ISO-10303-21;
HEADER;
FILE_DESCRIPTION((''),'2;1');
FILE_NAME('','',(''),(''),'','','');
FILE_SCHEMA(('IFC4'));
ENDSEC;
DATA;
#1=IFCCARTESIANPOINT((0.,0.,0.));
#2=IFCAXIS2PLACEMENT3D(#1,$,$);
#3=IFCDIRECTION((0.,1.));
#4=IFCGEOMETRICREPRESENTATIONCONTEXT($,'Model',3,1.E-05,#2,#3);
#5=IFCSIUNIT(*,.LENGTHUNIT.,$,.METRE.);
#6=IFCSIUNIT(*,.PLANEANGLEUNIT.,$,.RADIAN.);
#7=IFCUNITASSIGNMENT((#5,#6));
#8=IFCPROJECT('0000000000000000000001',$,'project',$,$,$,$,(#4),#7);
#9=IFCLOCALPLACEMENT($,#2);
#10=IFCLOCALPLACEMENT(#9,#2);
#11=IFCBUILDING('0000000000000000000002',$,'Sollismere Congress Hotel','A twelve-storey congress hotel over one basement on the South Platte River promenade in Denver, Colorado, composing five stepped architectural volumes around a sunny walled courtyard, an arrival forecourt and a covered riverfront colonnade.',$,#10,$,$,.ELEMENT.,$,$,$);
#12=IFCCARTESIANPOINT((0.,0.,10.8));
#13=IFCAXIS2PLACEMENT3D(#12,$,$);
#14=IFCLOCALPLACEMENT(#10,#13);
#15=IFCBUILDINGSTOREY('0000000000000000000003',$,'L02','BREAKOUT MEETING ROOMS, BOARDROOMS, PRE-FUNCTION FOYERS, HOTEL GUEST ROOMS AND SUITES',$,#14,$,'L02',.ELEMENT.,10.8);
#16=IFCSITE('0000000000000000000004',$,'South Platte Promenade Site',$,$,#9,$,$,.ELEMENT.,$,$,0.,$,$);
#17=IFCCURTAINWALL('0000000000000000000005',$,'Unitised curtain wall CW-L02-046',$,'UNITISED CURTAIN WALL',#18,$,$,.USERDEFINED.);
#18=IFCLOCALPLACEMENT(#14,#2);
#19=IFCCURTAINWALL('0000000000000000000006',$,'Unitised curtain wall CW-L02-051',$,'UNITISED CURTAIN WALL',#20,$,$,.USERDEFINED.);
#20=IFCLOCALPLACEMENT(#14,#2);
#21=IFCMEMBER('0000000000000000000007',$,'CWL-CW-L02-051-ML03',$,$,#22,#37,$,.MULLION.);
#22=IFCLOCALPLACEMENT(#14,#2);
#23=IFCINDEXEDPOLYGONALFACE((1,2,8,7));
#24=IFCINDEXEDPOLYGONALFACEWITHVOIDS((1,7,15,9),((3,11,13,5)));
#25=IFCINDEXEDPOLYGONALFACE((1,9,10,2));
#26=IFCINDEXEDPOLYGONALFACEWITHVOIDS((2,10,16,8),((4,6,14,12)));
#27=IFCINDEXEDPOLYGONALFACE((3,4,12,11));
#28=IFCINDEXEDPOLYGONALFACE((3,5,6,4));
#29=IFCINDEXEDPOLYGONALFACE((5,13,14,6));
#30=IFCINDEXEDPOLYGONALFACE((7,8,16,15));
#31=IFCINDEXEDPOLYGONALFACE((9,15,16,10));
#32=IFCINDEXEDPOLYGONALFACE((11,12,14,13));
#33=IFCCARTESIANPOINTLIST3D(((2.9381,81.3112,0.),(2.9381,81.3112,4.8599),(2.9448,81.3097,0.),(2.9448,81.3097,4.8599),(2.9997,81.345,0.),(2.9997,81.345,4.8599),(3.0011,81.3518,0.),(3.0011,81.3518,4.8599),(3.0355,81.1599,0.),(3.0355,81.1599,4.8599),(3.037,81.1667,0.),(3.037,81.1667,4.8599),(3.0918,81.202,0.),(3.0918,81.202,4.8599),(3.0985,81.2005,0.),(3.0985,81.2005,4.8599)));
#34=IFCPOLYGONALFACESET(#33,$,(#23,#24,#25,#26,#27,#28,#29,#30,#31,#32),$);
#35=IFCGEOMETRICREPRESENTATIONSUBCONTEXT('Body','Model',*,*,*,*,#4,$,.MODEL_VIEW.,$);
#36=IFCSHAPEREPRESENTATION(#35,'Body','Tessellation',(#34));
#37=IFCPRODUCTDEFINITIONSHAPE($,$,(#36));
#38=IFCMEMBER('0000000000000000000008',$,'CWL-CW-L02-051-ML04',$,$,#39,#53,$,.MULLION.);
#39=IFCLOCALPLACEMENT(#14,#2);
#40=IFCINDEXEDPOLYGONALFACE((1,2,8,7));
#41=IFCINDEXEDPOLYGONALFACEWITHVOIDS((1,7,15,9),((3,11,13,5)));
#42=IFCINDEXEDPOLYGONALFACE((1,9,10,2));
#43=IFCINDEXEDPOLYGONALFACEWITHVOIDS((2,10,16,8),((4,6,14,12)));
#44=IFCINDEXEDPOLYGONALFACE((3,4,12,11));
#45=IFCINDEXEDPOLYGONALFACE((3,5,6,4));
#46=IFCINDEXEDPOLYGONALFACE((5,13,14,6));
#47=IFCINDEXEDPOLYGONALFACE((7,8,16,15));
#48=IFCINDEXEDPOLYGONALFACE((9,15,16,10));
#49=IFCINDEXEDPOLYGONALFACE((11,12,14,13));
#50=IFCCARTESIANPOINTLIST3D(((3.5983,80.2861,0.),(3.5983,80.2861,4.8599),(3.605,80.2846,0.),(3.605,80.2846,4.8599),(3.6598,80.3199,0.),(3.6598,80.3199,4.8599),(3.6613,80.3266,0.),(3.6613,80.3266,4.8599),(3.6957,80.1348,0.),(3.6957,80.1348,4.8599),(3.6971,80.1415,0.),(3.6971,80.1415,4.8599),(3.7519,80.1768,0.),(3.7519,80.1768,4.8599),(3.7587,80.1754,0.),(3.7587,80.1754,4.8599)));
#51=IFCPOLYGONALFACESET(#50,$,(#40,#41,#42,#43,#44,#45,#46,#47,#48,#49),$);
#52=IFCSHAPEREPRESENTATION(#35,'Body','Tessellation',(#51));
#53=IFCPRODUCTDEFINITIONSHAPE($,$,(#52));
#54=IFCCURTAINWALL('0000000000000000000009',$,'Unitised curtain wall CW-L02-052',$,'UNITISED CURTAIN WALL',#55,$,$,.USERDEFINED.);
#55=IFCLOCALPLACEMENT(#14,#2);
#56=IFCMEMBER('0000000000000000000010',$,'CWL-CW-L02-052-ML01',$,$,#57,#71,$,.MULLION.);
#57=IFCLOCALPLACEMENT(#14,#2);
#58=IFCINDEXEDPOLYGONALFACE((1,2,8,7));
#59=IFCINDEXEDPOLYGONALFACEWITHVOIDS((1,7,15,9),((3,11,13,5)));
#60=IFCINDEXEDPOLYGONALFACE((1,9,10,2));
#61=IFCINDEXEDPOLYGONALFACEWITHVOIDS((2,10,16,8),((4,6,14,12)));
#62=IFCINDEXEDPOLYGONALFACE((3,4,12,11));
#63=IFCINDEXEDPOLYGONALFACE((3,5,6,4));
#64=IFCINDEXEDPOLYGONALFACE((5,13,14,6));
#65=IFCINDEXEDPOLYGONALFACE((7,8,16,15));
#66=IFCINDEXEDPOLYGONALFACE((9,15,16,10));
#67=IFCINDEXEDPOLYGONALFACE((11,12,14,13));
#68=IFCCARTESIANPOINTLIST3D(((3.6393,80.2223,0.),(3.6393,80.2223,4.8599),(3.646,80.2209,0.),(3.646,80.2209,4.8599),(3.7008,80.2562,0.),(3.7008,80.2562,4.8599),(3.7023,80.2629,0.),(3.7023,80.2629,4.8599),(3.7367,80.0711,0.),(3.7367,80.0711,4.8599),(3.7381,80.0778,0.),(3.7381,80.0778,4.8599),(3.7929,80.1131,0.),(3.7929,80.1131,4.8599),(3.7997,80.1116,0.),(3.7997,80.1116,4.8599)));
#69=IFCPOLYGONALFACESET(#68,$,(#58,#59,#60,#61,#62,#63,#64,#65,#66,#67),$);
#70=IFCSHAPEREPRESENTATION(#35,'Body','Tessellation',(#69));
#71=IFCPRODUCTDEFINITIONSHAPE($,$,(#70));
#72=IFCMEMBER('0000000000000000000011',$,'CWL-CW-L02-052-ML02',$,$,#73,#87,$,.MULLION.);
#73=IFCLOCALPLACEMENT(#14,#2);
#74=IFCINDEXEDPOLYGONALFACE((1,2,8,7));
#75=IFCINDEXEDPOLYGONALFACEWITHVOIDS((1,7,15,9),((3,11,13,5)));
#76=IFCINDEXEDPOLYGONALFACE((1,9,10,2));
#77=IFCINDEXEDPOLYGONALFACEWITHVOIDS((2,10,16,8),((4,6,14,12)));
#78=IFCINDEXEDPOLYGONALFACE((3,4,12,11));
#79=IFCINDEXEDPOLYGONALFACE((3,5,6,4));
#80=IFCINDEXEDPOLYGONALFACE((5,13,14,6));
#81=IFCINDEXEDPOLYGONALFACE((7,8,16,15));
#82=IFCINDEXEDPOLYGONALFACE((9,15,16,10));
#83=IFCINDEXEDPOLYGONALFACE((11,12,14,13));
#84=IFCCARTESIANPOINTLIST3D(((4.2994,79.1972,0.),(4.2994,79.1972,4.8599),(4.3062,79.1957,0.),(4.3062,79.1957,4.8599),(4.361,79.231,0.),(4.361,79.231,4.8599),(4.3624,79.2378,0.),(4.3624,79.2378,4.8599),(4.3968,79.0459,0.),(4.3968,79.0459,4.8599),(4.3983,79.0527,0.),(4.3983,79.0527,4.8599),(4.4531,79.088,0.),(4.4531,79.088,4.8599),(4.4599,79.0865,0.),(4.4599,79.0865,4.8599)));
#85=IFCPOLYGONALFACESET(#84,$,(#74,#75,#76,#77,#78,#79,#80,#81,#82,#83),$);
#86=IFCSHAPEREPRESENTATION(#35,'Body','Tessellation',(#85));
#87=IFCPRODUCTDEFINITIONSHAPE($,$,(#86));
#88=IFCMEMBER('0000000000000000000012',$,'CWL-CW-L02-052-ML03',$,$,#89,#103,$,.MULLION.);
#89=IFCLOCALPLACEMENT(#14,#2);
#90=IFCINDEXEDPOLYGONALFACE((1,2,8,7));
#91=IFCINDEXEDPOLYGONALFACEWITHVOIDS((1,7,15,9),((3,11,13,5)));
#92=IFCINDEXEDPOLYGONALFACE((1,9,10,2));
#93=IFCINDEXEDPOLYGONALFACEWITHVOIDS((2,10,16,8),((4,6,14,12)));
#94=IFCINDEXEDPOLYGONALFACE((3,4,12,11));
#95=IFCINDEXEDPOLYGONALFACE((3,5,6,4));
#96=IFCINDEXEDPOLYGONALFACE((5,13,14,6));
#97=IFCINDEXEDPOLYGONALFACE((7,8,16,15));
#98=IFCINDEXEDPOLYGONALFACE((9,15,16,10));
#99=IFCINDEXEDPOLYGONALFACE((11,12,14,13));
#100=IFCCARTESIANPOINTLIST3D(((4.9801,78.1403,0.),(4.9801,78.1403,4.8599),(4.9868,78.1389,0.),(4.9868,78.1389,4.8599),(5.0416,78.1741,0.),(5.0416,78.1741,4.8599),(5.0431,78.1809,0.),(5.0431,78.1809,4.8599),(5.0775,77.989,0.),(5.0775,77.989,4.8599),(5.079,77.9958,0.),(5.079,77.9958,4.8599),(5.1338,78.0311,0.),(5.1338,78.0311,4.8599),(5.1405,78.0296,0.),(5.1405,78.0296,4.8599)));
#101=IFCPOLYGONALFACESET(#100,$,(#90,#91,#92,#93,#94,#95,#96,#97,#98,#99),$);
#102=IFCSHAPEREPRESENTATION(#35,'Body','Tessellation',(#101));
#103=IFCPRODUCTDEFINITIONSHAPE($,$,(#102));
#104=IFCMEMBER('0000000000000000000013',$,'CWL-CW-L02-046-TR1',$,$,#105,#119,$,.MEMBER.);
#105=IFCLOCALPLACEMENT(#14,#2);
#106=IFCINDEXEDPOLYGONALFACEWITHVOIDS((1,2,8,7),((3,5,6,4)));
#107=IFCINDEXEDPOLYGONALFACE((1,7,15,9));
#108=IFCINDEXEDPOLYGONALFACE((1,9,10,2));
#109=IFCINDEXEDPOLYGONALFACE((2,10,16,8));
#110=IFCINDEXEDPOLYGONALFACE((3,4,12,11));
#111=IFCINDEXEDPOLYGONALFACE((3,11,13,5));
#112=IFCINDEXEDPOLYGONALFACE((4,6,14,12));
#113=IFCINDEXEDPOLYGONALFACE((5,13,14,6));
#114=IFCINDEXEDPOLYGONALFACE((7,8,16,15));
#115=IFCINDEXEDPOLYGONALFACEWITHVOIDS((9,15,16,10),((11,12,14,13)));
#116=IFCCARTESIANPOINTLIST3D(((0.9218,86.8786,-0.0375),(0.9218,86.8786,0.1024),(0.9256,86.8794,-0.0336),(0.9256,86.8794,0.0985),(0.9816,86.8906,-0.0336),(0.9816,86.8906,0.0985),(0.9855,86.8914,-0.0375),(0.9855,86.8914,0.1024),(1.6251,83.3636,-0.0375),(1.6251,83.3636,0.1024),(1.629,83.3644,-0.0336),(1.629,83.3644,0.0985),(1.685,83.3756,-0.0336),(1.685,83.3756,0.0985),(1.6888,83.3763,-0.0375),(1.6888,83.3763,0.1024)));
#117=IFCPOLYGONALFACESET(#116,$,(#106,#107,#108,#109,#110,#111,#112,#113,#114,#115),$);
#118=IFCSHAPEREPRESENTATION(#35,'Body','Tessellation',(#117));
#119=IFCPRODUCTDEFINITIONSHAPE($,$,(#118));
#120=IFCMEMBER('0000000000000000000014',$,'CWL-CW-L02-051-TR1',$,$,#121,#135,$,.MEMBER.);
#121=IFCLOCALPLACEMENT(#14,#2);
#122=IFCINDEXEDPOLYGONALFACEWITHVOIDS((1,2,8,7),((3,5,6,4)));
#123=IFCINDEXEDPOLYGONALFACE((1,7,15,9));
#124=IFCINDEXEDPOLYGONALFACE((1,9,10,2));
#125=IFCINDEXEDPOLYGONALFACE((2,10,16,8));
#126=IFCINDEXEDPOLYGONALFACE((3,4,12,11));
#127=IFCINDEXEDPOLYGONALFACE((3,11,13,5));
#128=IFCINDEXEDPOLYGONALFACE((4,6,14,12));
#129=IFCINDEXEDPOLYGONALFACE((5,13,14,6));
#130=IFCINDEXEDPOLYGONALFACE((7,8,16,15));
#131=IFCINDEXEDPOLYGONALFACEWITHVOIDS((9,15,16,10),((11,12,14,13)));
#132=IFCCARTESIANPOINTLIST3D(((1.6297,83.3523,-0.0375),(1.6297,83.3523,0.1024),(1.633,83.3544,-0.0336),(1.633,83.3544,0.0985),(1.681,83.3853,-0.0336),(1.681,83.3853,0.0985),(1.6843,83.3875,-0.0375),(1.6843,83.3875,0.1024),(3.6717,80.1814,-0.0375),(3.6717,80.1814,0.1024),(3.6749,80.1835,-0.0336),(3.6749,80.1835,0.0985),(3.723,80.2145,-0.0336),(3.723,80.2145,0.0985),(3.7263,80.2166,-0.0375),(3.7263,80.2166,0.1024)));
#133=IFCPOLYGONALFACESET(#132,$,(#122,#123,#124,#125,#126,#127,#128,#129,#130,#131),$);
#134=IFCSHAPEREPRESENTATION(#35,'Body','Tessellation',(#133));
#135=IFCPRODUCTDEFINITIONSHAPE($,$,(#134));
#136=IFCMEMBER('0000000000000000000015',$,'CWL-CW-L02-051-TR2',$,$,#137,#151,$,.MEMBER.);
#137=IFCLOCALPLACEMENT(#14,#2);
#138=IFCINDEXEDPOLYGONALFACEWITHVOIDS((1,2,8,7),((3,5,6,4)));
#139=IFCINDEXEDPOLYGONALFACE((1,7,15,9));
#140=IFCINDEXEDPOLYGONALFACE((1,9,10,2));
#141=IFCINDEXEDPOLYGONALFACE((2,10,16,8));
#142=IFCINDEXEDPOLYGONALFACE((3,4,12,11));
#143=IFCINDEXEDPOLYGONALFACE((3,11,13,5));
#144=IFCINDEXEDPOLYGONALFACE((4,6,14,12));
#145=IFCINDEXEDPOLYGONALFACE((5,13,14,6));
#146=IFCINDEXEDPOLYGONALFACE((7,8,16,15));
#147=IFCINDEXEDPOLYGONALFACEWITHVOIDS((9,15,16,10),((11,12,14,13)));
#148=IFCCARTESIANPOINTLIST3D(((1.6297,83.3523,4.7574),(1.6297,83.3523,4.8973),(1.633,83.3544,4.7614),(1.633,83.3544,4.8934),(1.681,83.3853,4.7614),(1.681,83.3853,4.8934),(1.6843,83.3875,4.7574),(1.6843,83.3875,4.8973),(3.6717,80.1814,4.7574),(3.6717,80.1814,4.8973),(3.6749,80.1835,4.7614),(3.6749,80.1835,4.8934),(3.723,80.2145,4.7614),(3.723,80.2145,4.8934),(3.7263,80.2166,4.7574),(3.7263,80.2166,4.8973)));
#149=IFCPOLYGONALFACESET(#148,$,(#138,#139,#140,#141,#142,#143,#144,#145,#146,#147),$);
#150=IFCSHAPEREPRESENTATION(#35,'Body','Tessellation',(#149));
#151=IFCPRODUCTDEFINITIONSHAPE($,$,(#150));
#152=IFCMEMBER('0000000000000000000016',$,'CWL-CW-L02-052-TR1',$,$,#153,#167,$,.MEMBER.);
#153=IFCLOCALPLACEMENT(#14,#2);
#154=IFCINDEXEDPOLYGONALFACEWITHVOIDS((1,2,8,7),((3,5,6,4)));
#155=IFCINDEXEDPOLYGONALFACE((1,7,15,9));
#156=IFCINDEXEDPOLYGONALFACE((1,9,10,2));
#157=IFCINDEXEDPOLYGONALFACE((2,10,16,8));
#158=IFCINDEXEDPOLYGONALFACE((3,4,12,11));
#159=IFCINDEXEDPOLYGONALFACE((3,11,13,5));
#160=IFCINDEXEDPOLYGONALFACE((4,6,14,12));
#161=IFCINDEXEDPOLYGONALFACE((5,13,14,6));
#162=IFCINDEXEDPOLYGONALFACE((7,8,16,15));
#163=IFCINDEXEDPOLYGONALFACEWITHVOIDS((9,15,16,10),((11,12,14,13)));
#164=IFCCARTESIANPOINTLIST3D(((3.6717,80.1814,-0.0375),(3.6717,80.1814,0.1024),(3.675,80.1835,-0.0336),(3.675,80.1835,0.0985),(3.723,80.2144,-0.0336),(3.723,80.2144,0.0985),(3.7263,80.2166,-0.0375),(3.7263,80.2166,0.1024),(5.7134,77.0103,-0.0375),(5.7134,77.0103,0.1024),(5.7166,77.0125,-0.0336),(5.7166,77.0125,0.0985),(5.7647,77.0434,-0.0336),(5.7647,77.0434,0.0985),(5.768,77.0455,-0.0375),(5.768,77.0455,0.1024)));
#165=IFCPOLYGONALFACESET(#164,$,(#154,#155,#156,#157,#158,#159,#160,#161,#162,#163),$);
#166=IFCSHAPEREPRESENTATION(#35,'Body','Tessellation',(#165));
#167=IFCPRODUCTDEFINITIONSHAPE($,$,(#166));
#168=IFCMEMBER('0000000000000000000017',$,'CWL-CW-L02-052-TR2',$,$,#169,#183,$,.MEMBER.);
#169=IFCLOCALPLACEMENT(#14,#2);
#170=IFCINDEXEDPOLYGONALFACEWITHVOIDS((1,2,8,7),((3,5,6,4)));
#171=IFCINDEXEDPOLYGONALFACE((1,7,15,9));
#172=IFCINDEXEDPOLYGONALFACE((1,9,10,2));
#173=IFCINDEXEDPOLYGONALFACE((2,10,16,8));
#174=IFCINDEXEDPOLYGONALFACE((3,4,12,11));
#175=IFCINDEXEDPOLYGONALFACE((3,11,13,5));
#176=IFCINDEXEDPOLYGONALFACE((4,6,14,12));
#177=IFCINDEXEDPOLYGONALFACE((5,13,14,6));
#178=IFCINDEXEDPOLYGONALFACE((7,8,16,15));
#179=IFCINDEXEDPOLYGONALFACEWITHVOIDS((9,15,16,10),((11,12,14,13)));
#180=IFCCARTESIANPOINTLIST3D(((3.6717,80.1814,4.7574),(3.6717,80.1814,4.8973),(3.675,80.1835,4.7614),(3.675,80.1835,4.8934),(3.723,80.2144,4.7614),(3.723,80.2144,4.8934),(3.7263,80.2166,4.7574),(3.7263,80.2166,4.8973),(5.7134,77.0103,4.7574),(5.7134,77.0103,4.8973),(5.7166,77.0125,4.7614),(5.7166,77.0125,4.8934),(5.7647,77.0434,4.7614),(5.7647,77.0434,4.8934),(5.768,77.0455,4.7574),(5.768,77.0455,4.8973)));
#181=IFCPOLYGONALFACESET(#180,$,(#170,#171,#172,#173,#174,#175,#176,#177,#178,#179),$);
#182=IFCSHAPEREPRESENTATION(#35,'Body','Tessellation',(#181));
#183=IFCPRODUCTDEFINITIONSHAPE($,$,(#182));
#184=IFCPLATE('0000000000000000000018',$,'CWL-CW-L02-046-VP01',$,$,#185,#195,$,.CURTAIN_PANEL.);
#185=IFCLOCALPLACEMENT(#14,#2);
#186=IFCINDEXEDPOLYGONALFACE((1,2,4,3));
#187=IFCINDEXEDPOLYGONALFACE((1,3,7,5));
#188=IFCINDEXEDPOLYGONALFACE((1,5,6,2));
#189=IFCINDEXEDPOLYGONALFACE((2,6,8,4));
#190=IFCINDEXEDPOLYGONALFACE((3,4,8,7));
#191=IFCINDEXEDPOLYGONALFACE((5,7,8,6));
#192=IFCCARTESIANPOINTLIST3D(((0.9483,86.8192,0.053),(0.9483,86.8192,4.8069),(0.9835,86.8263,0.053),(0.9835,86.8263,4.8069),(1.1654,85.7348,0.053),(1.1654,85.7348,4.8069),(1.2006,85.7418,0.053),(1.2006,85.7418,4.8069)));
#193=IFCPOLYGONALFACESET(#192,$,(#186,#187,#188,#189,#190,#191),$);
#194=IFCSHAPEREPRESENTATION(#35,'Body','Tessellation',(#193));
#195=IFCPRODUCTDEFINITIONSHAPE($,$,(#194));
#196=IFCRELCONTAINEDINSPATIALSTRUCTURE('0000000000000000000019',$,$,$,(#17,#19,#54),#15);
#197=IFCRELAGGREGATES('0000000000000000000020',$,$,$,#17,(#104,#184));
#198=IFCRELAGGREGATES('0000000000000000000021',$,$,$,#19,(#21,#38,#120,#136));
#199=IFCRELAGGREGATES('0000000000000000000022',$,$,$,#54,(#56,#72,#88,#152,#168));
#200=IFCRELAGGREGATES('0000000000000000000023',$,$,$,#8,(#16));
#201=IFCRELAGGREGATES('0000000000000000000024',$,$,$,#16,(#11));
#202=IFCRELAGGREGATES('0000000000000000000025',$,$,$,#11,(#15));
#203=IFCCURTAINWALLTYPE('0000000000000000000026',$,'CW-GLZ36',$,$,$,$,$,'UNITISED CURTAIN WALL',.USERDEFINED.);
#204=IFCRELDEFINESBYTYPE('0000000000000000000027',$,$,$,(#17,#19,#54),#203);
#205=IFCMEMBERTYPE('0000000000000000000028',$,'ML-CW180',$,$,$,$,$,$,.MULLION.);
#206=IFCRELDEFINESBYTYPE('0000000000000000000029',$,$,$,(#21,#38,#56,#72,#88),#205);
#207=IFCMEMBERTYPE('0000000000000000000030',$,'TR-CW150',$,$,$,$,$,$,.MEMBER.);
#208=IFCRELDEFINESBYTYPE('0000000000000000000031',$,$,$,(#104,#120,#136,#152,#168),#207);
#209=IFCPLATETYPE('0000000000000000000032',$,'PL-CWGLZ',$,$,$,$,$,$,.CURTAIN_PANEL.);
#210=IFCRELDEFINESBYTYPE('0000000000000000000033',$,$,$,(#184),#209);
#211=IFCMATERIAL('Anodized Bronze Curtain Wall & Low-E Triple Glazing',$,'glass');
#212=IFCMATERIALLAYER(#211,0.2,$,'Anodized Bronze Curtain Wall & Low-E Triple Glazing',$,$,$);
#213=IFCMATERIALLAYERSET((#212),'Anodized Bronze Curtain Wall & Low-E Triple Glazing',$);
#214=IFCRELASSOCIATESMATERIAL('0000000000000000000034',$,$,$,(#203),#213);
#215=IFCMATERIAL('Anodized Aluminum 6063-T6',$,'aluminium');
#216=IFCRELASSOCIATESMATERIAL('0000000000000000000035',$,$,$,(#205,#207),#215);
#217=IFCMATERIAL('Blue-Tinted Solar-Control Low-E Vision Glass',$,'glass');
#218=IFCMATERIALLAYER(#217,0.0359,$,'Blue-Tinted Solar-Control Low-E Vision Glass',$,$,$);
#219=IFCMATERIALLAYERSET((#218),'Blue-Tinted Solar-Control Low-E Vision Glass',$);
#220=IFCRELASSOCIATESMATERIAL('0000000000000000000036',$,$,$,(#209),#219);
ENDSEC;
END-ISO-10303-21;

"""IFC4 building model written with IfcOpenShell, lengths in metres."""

from ifc_helpers import new_model, si_unit, direction, frame, origin, origin_2d, place, context, subcontext, project, spatial, rectangle, hollow_rectangle, extrude, material, layer, layer_set, material_profile, profile_set, type_object, element, aggregate, save


model = new_model("IFC4")

# Units and contexts
model_context = context("Model", 3, precision=1e-05, world=origin(), true_north=direction((0.0, 1.0)))
body_context = subcontext(model_context, "Body", "Model", "MODEL_VIEW")
ifc_project = project(units=[si_unit("LENGTHUNIT", "METRE"), si_unit("PLANEANGLEUNIT", "RADIAN")], contexts=[model_context])

# Site, building, storey
site_placement = place(None, origin())
site = spatial("IfcSite", under=ifc_project, at=site_placement, Name="South Platte Promenade Site", CompositionType="ELEMENT", RefElevation=0.0)
building_placement = place(site_placement, origin())
building = spatial("IfcBuilding", under=site, at=building_placement, Name="Sollismere Congress Hotel", Description="A twelve-storey congress hotel over one basement on the South Platte River promenade in Denver, Colorado, composing five stepped architectural volumes around a sunny walled courtyard, an arrival forecourt and a covered riverfront colonnade.", CompositionType="ELEMENT")
storey_placement = place(building_placement, frame((0.0, 0.0, 10.8)))
storey = spatial("IfcBuildingStorey", under=building, at=storey_placement, Name="L02", Description="BREAKOUT MEETING ROOMS, BOARDROOMS, PRE-FUNCTION FOYERS, HOTEL GUEST ROOMS AND SUITES", LongName="L02", CompositionType="ELEMENT", Elevation=10.8)

# Curtain walls, members
ifc_material_1 = material(Name="Anodized Bronze Curtain Wall & Low-E Triple Glazing", Category="glass")
ifc_layer_1 = layer(ifc_material_1, 0.2, Name="Anodized Bronze Curtain Wall & Low-E Triple Glazing")
ifc_layer_set_1 = layer_set([ifc_layer_1], Name="Anodized Bronze Curtain Wall & Low-E Triple Glazing")
curtain_wall_type = type_object("IfcCurtainWallType", Name="CW-GLZ36", ElementType="UNITISED CURTAIN WALL", PredefinedType="USERDEFINED", material=ifc_layer_set_1)
curtain_wall_1_placement = place(storey_placement, origin())
curtain_wall_1 = element("IfcCurtainWall", 1, at=curtain_wall_1_placement, inside=storey, type_object=curtain_wall_type, Name="Unitised curtain wall CW-L02-046", ObjectType="UNITISED CURTAIN WALL", PredefinedType="USERDEFINED")
ifc_material_2 = material(Name="Anodized Aluminum 6063-T6", Category="aluminium")
ifc_material_profile_1 = material_profile(ifc_material_2, hollow_rectangle(XDim=0.075, YDim=0.1799, WallThickness=0.0049, at=origin_2d()), Name="ALU180X75X5")
ifc_profile_set_1 = profile_set([ifc_material_profile_1], Name="Anodized Aluminum 6063-T6")
member_type_1 = type_object("IfcMemberType", Name="ML-CW180", PredefinedType="MULLION", material=ifc_profile_set_1)
curtain_wall_2_placement = place(storey_placement, origin())
curtain_wall_2 = element("IfcCurtainWall", 2, at=curtain_wall_2_placement, inside=storey, type_object=curtain_wall_type, Name="Unitised curtain wall CW-L02-051", ObjectType="UNITISED CURTAIN WALL", PredefinedType="USERDEFINED")
member_1_placement = place(storey_placement, frame((3.0183, 81.2559, 0.0), z_axis=(0.0, 0.0, 1.0), x_axis=(0.840775, 0.541385, 0.0)))
member_1 = element("IfcMember", 3, at=member_1_placement, type_object=member_type_1, Name="CWL-CW-L02-051-ML03", PredefinedType="MULLION", context=body_context, shape_type="SweptSolid", body=[
    extrude(hollow_rectangle(XDim=0.075, YDim=0.1799, WallThickness=0.0049, at=origin_2d()), origin(), (0.0, 0.0, 1.0), 4.8599),
])
member_2_placement = place(storey_placement, frame((3.6785, 80.2307, 0.0), z_axis=(0.0, 0.0, 1.0), x_axis=(0.840775, 0.541385, 0.0)))
member_2 = element("IfcMember", 4, at=member_2_placement, type_object=member_type_1, Name="CWL-CW-L02-051-ML04", PredefinedType="MULLION", context=body_context, shape_type="SweptSolid", body=[
    extrude(hollow_rectangle(XDim=0.075, YDim=0.1799, WallThickness=0.0049, at=origin_2d()), origin(), (0.0, 0.0, 1.0), 4.8599),
])
curtain_wall_3_placement = place(storey_placement, origin())
curtain_wall_3 = element("IfcCurtainWall", 5, at=curtain_wall_3_placement, inside=storey, type_object=curtain_wall_type, Name="Unitised curtain wall CW-L02-052", ObjectType="UNITISED CURTAIN WALL", PredefinedType="USERDEFINED")
member_3_placement = place(storey_placement, frame((3.7195, 80.167, 0.0), z_axis=(0.0, 0.0, 1.0), x_axis=(0.840775, 0.541385, 0.0)))
member_3 = element("IfcMember", 6, at=member_3_placement, type_object=member_type_1, Name="CWL-CW-L02-052-ML01", PredefinedType="MULLION", context=body_context, shape_type="SweptSolid", body=[
    extrude(hollow_rectangle(XDim=0.075, YDim=0.1799, WallThickness=0.0049, at=origin_2d()), origin(), (0.0, 0.0, 1.0), 4.8599),
])
member_4_placement = place(storey_placement, frame((4.3796, 79.1418, 0.0), z_axis=(0.0, 0.0, 1.0), x_axis=(0.840775, 0.541385, 0.0)))
member_4 = element("IfcMember", 7, at=member_4_placement, type_object=member_type_1, Name="CWL-CW-L02-052-ML02", PredefinedType="MULLION", context=body_context, shape_type="SweptSolid", body=[
    extrude(hollow_rectangle(XDim=0.075, YDim=0.1799, WallThickness=0.0049, at=origin_2d()), origin(), (0.0, 0.0, 1.0), 4.8599),
])
member_5_placement = place(storey_placement, frame((5.0603, 78.085, 0.0), z_axis=(0.0, 0.0, 1.0), x_axis=(0.840775, 0.541385, 0.0)))
member_5 = element("IfcMember", 8, at=member_5_placement, type_object=member_type_1, Name="CWL-CW-L02-052-ML03", PredefinedType="MULLION", context=body_context, shape_type="SweptSolid", body=[
    extrude(hollow_rectangle(XDim=0.075, YDim=0.1799, WallThickness=0.0049, at=origin_2d()), origin(), (0.0, 0.0, 1.0), 4.8599),
])

# Members
ifc_material_profile_2 = material_profile(ifc_material_2, hollow_rectangle(XDim=0.0649, YDim=0.1399, WallThickness=0.0039, at=origin_2d()), Name="ALU140X65X4")
ifc_profile_set_2 = profile_set([ifc_material_profile_2], Name="Anodized Aluminum 6063-T6")
member_type_2 = type_object("IfcMemberType", Name="TR-CW150", PredefinedType="MEMBER", material=ifc_profile_set_2)
member_6_placement = place(storey_placement, frame((0.9536, 86.885, 0.0325), z_axis=(0.196208, -0.980562, 0.0), x_axis=(0.980562, 0.196208, 0.0)))
member_6 = element("IfcMember", 9, at=member_6_placement, type_object=member_type_2, Name="CWL-CW-L02-046-TR1", PredefinedType="MEMBER", context=body_context, shape_type="SweptSolid", body=[
    extrude(hollow_rectangle(XDim=0.0649, YDim=0.1399, WallThickness=0.0039, at=origin_2d()), origin(), (0.0, 0.0, 1.0), 3.5847),
])
member_7_placement = place(storey_placement, frame((1.657, 83.3699, 0.0325), z_axis=(0.541425, -0.840749, 0.0), x_axis=(0.840749, 0.541425, 0.0)))
member_7 = element("IfcMember", 10, at=member_7_placement, type_object=member_type_2, Name="CWL-CW-L02-051-TR1", PredefinedType="MEMBER", context=body_context, shape_type="SweptSolid", body=[
    extrude(hollow_rectangle(XDim=0.0649, YDim=0.1399, WallThickness=0.0039, at=origin_2d()), origin(), (0.0, 0.0, 1.0), 3.7715),
])
member_8_placement = place(storey_placement, frame((1.657, 83.3699, 4.8274), z_axis=(0.541425, -0.840749, 0.0), x_axis=(0.840749, 0.541425, 0.0)))
member_8 = element("IfcMember", 11, at=member_8_placement, type_object=member_type_2, Name="CWL-CW-L02-051-TR2", PredefinedType="MEMBER", context=body_context, shape_type="SweptSolid", body=[
    extrude(hollow_rectangle(XDim=0.0649, YDim=0.1399, WallThickness=0.0039, at=origin_2d()), origin(), (0.0, 0.0, 1.0), 3.7715),
])
member_9_placement = place(storey_placement, frame((3.699, 80.199, 0.0325), z_axis=(0.54135, -0.840798, 0.0), x_axis=(0.840798, 0.54135, 0.0)))
member_9 = element("IfcMember", 12, at=member_9_placement, type_object=member_type_2, Name="CWL-CW-L02-052-TR1", PredefinedType="MEMBER", context=body_context, shape_type="SweptSolid", body=[
    extrude(hollow_rectangle(XDim=0.0649, YDim=0.1399, WallThickness=0.0039, at=origin_2d()), origin(), (0.0, 0.0, 1.0), 3.7715),
])
member_10_placement = place(storey_placement, frame((3.699, 80.199, 4.8274), z_axis=(0.54135, -0.840798, 0.0), x_axis=(0.840798, 0.54135, 0.0)))
member_10 = element("IfcMember", 13, at=member_10_placement, type_object=member_type_2, Name="CWL-CW-L02-052-TR2", PredefinedType="MEMBER", context=body_context, shape_type="SweptSolid", body=[
    extrude(hollow_rectangle(XDim=0.0649, YDim=0.1399, WallThickness=0.0039, at=origin_2d()), origin(), (0.0, 0.0, 1.0), 3.7715),
])

# Plate
ifc_material_3 = material(Name="Blue-Tinted Solar-Control Low-E Vision Glass", Category="glass")
ifc_layer_2 = layer(ifc_material_3, 0.0359, Name="Blue-Tinted Solar-Control Low-E Vision Glass")
ifc_layer_set_2 = layer_set([ifc_layer_2], Name="Blue-Tinted Solar-Control Low-E Vision Glass")
plate_type_1 = type_object("IfcPlateType", Name="PL-CWGLZ", PredefinedType="CURTAIN_PANEL", material=ifc_layer_set_2)
plate_1_placement = place(storey_placement, frame((1.0745, 86.2805, 0.053), z_axis=(0.0, 0.0, 1.0), x_axis=(0.196254, -0.980553, 0.0)))
plate_1 = element("IfcPlate", 14, at=plate_1_placement, type_object=plate_type_1, Name="CWL-CW-L02-046-VP01", PredefinedType="CURTAIN_PANEL", context=body_context, shape_type="SweptSolid", body=[
    extrude(rectangle(XDim=1.106, YDim=0.0359, at=origin_2d()), origin(), (0.0, 0.0, 1.0), 4.7539),
])
aggregate(curtain_wall_1, [member_6, plate_1])
aggregate(curtain_wall_2, [member_1, member_2, member_7, member_8])
aggregate(curtain_wall_3, [member_3, member_4, member_5, member_9, member_10])

save(model, "model.ifc")
